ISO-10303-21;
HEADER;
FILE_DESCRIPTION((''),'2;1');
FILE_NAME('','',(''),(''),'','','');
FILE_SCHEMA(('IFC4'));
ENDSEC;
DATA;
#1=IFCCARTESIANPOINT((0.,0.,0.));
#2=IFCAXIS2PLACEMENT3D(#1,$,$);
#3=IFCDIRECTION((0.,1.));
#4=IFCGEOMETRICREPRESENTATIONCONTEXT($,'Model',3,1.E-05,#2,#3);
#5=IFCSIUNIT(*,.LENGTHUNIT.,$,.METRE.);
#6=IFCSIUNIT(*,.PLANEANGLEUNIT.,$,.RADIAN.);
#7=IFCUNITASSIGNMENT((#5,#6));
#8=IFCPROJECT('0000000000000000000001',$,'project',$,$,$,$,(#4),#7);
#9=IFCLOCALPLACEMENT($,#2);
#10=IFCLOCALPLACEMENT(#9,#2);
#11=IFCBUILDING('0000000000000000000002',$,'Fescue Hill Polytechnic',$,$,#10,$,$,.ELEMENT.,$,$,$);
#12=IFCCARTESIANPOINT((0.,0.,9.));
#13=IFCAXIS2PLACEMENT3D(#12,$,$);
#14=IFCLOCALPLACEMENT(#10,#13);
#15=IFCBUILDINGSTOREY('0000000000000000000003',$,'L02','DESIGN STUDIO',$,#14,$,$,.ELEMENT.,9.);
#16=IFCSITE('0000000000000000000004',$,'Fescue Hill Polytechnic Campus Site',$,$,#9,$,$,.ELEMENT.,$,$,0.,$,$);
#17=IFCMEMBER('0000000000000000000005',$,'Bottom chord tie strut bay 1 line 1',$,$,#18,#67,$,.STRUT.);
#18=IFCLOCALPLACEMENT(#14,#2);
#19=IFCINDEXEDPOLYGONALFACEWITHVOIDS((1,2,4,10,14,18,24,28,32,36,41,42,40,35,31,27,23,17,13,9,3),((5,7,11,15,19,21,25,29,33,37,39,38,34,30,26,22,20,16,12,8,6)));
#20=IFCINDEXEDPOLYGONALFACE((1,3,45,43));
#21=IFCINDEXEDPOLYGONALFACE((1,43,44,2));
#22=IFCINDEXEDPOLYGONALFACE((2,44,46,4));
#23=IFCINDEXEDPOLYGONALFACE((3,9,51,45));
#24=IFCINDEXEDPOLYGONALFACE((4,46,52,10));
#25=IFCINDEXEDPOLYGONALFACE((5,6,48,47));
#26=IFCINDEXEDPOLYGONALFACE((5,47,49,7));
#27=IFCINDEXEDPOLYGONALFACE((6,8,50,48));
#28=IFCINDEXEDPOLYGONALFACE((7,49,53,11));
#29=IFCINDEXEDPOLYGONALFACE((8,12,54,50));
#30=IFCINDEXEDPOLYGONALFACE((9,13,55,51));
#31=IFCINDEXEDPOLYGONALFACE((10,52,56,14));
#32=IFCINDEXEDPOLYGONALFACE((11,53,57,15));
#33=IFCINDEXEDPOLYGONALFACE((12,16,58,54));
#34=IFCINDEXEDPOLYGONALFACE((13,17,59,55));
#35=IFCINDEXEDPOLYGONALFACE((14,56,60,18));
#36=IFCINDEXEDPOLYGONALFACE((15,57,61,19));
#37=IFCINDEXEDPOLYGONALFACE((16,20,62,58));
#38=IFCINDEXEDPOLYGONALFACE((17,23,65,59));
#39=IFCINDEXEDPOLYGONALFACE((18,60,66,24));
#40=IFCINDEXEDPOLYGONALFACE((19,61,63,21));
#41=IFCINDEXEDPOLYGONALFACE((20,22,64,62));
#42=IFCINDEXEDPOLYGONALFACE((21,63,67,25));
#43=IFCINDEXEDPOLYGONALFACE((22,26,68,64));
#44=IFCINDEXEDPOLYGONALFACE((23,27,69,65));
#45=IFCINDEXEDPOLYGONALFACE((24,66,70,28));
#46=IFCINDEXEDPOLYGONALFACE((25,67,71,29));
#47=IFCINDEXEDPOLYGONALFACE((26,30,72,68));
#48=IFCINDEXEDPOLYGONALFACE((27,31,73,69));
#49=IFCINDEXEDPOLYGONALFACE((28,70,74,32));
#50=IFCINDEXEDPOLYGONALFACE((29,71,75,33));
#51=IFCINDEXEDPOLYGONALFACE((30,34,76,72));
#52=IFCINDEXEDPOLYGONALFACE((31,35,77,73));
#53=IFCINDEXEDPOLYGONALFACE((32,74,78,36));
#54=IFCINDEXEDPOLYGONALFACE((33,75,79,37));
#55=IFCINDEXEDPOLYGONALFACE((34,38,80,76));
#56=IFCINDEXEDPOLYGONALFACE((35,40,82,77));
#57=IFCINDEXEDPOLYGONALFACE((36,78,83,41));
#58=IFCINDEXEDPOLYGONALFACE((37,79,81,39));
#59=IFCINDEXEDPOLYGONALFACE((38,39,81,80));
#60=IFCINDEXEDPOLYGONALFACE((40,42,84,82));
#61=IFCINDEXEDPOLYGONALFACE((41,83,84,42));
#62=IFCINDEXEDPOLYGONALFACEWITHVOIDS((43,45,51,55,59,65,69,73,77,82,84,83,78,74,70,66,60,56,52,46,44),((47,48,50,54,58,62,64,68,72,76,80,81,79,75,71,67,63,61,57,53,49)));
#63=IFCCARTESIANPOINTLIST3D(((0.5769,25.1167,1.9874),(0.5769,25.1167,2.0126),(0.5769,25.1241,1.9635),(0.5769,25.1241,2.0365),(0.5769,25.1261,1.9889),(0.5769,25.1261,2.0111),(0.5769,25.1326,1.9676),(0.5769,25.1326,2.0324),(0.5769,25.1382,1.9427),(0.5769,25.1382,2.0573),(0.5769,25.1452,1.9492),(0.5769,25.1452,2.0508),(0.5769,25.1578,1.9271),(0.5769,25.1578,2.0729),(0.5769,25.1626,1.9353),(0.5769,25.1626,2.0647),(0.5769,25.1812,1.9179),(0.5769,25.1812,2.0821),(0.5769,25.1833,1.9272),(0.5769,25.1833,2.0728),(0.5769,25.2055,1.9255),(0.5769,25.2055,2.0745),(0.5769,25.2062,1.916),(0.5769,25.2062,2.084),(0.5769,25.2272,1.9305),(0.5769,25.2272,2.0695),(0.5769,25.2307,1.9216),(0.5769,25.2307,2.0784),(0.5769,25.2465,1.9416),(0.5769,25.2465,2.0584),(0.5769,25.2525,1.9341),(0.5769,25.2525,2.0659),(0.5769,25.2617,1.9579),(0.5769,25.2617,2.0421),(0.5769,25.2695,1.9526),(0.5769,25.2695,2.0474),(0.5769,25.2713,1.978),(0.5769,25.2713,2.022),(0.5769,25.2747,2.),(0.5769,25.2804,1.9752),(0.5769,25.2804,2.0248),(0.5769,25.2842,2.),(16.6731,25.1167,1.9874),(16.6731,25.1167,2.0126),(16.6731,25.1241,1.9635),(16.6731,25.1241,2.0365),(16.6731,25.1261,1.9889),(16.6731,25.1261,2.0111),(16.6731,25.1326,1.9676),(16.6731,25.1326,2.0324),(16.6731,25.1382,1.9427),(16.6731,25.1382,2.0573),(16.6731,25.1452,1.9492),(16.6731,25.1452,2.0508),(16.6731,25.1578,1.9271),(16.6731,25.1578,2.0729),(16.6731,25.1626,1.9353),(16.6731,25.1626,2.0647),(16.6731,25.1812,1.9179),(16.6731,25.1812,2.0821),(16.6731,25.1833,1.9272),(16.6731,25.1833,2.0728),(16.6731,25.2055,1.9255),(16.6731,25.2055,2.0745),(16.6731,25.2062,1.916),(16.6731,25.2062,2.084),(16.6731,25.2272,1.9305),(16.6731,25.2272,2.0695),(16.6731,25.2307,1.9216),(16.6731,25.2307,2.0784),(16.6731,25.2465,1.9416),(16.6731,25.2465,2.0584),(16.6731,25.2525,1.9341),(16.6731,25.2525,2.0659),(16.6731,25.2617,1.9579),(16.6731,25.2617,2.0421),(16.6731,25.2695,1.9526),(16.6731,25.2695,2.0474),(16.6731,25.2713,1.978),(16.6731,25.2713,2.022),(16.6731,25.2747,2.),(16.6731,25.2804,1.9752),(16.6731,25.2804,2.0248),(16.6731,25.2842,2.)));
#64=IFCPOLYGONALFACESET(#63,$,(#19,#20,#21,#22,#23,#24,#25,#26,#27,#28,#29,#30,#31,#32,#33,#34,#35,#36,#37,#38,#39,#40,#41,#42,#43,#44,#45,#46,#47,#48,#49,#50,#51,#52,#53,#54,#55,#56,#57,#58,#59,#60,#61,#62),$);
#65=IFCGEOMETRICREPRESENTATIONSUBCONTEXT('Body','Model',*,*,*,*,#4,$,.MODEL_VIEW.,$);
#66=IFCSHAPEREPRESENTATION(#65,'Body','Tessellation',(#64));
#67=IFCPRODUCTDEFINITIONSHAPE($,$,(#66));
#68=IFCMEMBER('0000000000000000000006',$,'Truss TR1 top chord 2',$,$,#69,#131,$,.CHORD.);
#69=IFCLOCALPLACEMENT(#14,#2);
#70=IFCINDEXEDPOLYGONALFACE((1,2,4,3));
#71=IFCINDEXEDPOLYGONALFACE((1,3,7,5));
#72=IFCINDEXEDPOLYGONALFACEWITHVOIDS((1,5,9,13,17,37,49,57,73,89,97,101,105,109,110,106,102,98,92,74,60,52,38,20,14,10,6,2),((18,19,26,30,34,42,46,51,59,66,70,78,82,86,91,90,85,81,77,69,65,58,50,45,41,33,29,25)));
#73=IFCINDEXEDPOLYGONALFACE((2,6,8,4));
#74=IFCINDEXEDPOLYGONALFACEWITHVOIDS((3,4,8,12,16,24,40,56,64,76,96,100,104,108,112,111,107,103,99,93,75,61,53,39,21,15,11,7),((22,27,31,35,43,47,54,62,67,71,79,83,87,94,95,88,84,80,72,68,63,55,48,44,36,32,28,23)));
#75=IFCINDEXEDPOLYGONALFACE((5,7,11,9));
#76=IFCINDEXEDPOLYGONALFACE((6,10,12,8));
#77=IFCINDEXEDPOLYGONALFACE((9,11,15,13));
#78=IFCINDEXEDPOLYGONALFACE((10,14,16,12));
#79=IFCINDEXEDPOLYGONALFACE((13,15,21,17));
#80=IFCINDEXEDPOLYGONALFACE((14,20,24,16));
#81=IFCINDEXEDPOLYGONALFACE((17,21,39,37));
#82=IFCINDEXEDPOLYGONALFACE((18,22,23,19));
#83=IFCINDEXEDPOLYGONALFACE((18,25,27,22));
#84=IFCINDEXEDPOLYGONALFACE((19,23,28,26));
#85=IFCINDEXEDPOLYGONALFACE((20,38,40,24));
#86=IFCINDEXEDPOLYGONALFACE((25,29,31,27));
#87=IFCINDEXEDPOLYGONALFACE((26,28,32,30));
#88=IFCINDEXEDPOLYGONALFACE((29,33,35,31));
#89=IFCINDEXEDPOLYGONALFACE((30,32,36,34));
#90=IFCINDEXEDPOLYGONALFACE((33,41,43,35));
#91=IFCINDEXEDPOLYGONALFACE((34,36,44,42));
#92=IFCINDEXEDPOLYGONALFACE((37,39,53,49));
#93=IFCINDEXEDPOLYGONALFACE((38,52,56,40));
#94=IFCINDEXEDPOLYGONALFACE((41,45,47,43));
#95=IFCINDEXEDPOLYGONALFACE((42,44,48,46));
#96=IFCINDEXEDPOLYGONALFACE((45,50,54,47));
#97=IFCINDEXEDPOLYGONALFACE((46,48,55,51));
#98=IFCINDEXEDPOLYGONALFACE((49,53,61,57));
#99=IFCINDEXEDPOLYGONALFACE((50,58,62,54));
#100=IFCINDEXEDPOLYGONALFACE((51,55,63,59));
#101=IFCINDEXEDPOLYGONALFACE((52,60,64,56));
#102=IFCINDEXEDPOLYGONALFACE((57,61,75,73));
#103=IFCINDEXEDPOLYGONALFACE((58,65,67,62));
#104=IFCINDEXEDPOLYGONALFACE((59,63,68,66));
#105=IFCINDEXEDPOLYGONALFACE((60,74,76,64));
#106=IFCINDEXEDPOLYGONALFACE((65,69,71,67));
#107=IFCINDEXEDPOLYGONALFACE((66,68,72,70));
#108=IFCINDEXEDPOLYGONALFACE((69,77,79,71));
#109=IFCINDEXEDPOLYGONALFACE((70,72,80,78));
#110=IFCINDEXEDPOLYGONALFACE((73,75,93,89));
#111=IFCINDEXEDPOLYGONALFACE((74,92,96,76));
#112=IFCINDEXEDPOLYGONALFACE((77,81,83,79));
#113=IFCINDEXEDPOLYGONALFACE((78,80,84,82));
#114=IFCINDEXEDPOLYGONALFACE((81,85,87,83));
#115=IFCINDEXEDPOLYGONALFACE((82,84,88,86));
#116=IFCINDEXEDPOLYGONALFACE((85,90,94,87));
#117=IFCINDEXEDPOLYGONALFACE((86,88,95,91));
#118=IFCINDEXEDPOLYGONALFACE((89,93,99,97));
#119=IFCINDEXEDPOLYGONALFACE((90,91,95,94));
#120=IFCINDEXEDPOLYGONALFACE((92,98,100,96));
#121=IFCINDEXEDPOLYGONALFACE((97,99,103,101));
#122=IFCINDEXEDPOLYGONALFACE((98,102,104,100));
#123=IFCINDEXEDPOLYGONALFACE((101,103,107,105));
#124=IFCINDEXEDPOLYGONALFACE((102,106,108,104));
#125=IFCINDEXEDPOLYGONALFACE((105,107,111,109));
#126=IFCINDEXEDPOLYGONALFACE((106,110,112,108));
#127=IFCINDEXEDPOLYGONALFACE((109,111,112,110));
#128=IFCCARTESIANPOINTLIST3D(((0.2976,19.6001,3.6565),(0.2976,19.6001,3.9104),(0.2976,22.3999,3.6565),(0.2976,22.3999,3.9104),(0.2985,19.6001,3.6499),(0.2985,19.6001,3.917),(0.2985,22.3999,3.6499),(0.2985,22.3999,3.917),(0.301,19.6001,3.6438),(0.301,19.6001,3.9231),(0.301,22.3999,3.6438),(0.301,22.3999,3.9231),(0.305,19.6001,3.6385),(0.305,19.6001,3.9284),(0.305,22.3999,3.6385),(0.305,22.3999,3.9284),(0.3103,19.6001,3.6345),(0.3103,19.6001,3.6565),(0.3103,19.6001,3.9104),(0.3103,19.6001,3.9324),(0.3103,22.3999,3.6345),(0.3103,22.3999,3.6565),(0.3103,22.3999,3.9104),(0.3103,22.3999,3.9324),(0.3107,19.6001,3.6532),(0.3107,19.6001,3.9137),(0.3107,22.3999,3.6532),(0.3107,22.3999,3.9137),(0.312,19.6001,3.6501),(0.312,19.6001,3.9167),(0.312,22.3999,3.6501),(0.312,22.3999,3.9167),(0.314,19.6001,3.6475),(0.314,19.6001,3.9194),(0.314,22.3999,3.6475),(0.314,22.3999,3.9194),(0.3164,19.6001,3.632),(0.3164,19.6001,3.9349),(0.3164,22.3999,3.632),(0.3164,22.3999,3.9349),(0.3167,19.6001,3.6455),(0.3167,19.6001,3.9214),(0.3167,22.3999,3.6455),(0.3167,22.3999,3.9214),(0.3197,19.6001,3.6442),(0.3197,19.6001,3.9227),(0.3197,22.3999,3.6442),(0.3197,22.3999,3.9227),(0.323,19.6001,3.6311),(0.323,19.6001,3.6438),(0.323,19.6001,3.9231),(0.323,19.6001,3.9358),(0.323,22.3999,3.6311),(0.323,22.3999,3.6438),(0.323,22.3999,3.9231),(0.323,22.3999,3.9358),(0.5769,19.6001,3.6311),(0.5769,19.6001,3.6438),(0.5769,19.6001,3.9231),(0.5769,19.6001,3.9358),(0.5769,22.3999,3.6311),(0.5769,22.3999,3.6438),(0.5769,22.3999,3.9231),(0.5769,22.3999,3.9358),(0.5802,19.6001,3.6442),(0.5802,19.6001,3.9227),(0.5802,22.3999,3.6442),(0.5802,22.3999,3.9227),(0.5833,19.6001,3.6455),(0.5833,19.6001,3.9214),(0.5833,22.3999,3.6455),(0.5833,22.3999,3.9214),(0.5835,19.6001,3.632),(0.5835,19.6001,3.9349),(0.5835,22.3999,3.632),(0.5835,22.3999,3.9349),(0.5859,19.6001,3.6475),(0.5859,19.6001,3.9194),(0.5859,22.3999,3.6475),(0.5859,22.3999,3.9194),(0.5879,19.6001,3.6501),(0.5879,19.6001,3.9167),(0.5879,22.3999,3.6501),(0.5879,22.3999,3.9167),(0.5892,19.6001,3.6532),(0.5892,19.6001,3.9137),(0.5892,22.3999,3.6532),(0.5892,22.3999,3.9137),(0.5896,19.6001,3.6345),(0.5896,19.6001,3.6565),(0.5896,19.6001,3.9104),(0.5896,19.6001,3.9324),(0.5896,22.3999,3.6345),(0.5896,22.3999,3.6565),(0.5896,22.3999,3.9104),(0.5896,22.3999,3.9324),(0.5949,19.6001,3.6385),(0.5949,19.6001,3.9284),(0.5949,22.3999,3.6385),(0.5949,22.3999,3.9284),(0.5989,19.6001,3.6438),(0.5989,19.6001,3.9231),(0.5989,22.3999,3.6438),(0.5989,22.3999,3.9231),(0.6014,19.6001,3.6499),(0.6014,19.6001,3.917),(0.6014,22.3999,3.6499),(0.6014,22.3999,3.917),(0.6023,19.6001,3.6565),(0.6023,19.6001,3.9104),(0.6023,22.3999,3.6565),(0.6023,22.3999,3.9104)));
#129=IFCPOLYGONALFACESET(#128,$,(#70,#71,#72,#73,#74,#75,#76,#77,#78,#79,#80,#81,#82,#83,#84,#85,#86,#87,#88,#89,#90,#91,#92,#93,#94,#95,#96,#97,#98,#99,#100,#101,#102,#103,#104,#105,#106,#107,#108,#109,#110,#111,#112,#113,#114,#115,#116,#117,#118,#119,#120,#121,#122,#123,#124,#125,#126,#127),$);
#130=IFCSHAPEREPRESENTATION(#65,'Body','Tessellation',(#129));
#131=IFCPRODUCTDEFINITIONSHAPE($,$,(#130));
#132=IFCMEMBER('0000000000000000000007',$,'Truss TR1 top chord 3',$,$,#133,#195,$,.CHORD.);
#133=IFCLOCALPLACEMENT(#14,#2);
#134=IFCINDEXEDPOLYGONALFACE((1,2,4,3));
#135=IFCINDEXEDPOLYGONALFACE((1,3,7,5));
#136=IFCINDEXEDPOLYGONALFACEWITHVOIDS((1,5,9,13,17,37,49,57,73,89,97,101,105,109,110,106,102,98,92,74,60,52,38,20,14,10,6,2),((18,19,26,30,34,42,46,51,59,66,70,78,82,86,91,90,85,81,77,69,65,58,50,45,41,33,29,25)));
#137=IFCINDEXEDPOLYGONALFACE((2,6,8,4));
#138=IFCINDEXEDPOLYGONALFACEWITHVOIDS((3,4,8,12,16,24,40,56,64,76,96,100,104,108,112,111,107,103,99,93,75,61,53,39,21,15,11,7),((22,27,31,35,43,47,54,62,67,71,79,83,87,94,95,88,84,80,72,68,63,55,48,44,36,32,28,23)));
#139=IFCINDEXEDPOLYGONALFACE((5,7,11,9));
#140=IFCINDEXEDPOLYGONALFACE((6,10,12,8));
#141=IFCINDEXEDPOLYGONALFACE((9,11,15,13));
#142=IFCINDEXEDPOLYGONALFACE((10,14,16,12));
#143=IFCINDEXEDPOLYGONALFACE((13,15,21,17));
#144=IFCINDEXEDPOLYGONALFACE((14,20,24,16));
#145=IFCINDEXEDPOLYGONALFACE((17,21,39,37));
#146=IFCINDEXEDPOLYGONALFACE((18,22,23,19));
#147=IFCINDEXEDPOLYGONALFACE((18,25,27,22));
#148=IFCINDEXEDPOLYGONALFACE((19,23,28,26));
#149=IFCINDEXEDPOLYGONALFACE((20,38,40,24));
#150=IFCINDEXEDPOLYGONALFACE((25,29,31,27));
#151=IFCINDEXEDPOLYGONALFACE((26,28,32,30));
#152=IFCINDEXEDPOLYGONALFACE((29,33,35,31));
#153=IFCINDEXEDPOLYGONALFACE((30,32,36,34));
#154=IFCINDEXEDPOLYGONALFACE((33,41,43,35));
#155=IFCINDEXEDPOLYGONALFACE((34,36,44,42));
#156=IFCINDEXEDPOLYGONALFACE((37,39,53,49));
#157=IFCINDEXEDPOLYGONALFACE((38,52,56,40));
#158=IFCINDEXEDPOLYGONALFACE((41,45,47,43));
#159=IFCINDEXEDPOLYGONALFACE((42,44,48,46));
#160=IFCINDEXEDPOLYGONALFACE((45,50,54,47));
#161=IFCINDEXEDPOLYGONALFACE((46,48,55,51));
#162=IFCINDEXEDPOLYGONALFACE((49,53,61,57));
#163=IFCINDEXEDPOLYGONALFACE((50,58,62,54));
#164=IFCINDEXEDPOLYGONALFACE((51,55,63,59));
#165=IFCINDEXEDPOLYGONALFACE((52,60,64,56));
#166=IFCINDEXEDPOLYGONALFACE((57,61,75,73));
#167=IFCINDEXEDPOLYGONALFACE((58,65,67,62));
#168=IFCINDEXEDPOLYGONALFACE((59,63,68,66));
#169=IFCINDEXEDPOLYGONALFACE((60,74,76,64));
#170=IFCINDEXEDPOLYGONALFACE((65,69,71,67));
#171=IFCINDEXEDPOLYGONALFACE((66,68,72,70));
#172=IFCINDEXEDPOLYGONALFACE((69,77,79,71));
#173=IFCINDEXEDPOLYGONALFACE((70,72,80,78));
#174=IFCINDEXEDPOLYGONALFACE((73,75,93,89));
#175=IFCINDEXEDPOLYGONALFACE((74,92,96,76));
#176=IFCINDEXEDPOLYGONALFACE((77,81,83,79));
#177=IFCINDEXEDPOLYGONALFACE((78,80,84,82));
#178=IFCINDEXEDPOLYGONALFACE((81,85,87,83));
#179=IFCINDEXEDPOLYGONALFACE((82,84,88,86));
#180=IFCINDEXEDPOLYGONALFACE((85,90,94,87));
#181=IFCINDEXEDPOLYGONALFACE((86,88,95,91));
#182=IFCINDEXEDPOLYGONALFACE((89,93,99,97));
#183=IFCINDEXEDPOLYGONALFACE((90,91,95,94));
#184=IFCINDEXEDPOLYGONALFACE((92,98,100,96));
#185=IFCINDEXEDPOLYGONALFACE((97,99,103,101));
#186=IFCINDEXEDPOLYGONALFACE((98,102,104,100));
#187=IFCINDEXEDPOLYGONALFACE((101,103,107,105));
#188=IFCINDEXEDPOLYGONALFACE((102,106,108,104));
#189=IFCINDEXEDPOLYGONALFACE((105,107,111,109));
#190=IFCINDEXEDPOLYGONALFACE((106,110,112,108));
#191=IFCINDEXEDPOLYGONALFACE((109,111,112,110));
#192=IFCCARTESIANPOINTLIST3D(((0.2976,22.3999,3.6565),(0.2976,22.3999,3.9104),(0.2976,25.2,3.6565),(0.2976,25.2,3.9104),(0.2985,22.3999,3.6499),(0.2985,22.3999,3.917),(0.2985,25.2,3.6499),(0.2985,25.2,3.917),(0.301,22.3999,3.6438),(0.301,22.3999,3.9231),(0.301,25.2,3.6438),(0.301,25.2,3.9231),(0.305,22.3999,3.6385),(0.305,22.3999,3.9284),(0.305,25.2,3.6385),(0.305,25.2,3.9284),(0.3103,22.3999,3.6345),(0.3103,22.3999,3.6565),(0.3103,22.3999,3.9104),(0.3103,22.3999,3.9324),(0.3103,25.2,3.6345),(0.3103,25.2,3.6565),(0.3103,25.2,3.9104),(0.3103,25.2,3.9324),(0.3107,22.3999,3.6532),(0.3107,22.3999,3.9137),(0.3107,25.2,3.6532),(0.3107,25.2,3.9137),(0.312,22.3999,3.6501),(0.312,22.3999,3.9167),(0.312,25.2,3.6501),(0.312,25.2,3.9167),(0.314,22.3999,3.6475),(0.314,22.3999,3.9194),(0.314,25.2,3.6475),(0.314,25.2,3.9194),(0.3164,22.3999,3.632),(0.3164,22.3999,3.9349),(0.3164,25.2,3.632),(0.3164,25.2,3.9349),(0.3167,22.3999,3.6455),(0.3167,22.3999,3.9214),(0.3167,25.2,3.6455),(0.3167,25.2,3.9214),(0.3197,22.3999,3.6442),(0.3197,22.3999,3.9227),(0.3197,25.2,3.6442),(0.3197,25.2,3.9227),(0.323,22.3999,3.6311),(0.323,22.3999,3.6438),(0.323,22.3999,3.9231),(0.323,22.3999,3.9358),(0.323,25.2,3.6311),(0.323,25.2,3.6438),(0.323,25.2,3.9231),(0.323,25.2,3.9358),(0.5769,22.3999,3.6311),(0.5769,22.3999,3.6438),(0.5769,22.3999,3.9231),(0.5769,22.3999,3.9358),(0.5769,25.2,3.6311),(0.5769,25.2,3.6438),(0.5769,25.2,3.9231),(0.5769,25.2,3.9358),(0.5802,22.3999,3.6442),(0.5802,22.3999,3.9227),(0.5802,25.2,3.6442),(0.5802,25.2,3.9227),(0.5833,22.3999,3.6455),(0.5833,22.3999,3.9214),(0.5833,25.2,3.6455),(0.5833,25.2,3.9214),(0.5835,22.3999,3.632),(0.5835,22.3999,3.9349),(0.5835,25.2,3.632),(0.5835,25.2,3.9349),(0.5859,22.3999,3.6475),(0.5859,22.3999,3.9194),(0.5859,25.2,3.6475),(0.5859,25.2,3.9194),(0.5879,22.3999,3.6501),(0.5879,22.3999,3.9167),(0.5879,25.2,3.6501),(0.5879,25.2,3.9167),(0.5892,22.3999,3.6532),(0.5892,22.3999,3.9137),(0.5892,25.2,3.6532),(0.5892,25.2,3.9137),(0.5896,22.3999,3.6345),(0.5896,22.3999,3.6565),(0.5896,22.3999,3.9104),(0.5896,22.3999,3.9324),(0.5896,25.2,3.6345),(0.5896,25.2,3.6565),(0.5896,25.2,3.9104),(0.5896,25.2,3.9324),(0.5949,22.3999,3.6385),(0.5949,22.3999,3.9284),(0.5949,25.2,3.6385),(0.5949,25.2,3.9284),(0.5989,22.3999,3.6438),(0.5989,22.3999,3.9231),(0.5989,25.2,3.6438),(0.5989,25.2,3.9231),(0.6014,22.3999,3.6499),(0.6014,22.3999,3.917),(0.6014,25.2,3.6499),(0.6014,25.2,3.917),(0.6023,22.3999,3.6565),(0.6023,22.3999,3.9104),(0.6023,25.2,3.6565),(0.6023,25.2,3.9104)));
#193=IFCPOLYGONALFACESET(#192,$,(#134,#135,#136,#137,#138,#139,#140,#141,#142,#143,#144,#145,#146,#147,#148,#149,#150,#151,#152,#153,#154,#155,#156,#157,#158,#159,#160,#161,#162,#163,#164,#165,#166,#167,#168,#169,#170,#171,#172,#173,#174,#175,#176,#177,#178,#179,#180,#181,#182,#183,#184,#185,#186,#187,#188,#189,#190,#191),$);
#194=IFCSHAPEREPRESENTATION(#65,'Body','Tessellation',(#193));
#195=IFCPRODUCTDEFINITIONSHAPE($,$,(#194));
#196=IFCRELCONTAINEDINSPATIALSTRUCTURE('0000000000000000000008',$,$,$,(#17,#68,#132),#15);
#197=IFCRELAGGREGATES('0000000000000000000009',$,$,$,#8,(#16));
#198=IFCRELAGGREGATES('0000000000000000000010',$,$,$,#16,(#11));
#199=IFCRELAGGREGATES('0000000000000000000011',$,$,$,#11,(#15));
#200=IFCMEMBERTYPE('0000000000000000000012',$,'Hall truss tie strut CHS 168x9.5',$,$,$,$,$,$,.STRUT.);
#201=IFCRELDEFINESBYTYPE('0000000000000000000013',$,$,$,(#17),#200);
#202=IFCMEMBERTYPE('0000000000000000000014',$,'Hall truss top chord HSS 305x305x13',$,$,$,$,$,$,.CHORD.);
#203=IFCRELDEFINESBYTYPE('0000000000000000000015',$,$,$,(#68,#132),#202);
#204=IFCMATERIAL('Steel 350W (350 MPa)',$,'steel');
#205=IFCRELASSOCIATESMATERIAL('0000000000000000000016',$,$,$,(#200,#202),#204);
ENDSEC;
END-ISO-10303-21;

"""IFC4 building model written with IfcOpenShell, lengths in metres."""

from ifc_helpers import new_model, si_unit, direction, frame, origin, origin_2d, place, context, subcontext, project, spatial, hollow_rectangle, hollow_circle, extrude, material, material_profile, profile_set, type_object, element, save


model = new_model("IFC4")

# Units and contexts
model_context = context("Model", 3, precision=1e-05, world=origin(), true_north=direction((0.0, 1.0)))
body_context = subcontext(model_context, "Body", "Model", "MODEL_VIEW")
ifc_project = project(units=[si_unit("LENGTHUNIT", "METRE"), si_unit("PLANEANGLEUNIT", "RADIAN")], contexts=[model_context])

# Site, building, storey
site_placement = place(None, origin())
site = spatial("IfcSite", under=ifc_project, at=site_placement, Name="Fescue Hill Polytechnic Campus Site", CompositionType="ELEMENT", RefElevation=0.0)
building_placement = place(site_placement, origin())
building = spatial("IfcBuilding", under=site, at=building_placement, Name="Fescue Hill Polytechnic", CompositionType="ELEMENT")
storey_placement = place(building_placement, frame((0.0, 0.0, 9.0)))
storey = spatial("IfcBuildingStorey", under=building, at=storey_placement, Name="L02", Description="DESIGN STUDIO", CompositionType="ELEMENT", Elevation=9.0)

# Members
ifc_material_1 = material(Name="Steel 350W (350 MPa)", Category="steel")
ifc_material_profile_1 = material_profile(ifc_material_1, hollow_circle(Radius=0.0842, WallThickness=0.0095, at=origin_2d()), Name="Hall truss tie strut CHS 168x9.5")
ifc_profile_set_1 = profile_set([ifc_material_profile_1], Name="Steel 350W (350 MPa)")
member_type_1 = type_object("IfcMemberType", Name="Hall truss tie strut CHS 168x9.5", PredefinedType="STRUT", material=ifc_profile_set_1)
member_1_placement = place(storey_placement, frame((0.5769, 25.2, 2.0), z_axis=(1.0, 0.0, 0.0), x_axis=(0.0, 1.0, 0.0)))
element("IfcMember", 1, at=member_1_placement, inside=storey, type_object=member_type_1, Name="Bottom chord tie strut bay 1 line 1", PredefinedType="STRUT", context=body_context, shape_type="SweptSolid", body=[
    extrude(hollow_circle(Radius=0.0842, WallThickness=0.0095, at=origin_2d()), origin(), (0.0, 0.0, 1.0), 16.0962),
])
ifc_material_profile_2 = material_profile(ifc_material_1, hollow_rectangle(XDim=0.3047, YDim=0.3047, WallThickness=0.0127, InnerFilletRadius=0.0127, OuterFilletRadius=0.0254, at=origin_2d()), Name="Hall truss top chord HSS 305x305x13")
ifc_profile_set_2 = profile_set([ifc_material_profile_2], Name="Steel 350W (350 MPa)")
member_type_2 = type_object("IfcMemberType", Name="Hall truss top chord HSS 305x305x13", PredefinedType="CHORD", material=ifc_profile_set_2)
member_2_placement = place(storey_placement, frame((0.45, 19.6001, 3.7834), z_axis=(0.0, 1.0, 0.0), x_axis=(-1.0, 0.0, 0.0)))
element("IfcMember", 2, at=member_2_placement, inside=storey, type_object=member_type_2, Name="Truss TR1 top chord 2", PredefinedType="CHORD", context=body_context, shape_type="SweptSolid", body=[
    extrude(hollow_rectangle(XDim=0.3047, YDim=0.3047, WallThickness=0.0127, InnerFilletRadius=0.0127, OuterFilletRadius=0.0254, at=origin_2d()), origin(), (0.0, 0.0, 1.0), 2.7998),
])
for number, where, z_axis, x_axis, name in (
    (3, (0.45, 22.3999, 3.7834), (0.0, 1.0, 0.0), (-1.0, 0.0, 0.0), "Truss TR1 top chord 3"),
):
    element("IfcMember", number, at=place(storey_placement, frame(where, z_axis=z_axis, x_axis=x_axis)), inside=storey, type_object=member_type_2, Name=name, PredefinedType="CHORD", context=body_context, shape_type="SweptSolid", body=[
        extrude(hollow_rectangle(XDim=0.3047, YDim=0.3047, WallThickness=0.0127, InnerFilletRadius=0.0127, OuterFilletRadius=0.0254, at=origin_2d()), origin(), (0.0, 0.0, 1.0), 2.8),
    ])

save(model, "model.ifc")
